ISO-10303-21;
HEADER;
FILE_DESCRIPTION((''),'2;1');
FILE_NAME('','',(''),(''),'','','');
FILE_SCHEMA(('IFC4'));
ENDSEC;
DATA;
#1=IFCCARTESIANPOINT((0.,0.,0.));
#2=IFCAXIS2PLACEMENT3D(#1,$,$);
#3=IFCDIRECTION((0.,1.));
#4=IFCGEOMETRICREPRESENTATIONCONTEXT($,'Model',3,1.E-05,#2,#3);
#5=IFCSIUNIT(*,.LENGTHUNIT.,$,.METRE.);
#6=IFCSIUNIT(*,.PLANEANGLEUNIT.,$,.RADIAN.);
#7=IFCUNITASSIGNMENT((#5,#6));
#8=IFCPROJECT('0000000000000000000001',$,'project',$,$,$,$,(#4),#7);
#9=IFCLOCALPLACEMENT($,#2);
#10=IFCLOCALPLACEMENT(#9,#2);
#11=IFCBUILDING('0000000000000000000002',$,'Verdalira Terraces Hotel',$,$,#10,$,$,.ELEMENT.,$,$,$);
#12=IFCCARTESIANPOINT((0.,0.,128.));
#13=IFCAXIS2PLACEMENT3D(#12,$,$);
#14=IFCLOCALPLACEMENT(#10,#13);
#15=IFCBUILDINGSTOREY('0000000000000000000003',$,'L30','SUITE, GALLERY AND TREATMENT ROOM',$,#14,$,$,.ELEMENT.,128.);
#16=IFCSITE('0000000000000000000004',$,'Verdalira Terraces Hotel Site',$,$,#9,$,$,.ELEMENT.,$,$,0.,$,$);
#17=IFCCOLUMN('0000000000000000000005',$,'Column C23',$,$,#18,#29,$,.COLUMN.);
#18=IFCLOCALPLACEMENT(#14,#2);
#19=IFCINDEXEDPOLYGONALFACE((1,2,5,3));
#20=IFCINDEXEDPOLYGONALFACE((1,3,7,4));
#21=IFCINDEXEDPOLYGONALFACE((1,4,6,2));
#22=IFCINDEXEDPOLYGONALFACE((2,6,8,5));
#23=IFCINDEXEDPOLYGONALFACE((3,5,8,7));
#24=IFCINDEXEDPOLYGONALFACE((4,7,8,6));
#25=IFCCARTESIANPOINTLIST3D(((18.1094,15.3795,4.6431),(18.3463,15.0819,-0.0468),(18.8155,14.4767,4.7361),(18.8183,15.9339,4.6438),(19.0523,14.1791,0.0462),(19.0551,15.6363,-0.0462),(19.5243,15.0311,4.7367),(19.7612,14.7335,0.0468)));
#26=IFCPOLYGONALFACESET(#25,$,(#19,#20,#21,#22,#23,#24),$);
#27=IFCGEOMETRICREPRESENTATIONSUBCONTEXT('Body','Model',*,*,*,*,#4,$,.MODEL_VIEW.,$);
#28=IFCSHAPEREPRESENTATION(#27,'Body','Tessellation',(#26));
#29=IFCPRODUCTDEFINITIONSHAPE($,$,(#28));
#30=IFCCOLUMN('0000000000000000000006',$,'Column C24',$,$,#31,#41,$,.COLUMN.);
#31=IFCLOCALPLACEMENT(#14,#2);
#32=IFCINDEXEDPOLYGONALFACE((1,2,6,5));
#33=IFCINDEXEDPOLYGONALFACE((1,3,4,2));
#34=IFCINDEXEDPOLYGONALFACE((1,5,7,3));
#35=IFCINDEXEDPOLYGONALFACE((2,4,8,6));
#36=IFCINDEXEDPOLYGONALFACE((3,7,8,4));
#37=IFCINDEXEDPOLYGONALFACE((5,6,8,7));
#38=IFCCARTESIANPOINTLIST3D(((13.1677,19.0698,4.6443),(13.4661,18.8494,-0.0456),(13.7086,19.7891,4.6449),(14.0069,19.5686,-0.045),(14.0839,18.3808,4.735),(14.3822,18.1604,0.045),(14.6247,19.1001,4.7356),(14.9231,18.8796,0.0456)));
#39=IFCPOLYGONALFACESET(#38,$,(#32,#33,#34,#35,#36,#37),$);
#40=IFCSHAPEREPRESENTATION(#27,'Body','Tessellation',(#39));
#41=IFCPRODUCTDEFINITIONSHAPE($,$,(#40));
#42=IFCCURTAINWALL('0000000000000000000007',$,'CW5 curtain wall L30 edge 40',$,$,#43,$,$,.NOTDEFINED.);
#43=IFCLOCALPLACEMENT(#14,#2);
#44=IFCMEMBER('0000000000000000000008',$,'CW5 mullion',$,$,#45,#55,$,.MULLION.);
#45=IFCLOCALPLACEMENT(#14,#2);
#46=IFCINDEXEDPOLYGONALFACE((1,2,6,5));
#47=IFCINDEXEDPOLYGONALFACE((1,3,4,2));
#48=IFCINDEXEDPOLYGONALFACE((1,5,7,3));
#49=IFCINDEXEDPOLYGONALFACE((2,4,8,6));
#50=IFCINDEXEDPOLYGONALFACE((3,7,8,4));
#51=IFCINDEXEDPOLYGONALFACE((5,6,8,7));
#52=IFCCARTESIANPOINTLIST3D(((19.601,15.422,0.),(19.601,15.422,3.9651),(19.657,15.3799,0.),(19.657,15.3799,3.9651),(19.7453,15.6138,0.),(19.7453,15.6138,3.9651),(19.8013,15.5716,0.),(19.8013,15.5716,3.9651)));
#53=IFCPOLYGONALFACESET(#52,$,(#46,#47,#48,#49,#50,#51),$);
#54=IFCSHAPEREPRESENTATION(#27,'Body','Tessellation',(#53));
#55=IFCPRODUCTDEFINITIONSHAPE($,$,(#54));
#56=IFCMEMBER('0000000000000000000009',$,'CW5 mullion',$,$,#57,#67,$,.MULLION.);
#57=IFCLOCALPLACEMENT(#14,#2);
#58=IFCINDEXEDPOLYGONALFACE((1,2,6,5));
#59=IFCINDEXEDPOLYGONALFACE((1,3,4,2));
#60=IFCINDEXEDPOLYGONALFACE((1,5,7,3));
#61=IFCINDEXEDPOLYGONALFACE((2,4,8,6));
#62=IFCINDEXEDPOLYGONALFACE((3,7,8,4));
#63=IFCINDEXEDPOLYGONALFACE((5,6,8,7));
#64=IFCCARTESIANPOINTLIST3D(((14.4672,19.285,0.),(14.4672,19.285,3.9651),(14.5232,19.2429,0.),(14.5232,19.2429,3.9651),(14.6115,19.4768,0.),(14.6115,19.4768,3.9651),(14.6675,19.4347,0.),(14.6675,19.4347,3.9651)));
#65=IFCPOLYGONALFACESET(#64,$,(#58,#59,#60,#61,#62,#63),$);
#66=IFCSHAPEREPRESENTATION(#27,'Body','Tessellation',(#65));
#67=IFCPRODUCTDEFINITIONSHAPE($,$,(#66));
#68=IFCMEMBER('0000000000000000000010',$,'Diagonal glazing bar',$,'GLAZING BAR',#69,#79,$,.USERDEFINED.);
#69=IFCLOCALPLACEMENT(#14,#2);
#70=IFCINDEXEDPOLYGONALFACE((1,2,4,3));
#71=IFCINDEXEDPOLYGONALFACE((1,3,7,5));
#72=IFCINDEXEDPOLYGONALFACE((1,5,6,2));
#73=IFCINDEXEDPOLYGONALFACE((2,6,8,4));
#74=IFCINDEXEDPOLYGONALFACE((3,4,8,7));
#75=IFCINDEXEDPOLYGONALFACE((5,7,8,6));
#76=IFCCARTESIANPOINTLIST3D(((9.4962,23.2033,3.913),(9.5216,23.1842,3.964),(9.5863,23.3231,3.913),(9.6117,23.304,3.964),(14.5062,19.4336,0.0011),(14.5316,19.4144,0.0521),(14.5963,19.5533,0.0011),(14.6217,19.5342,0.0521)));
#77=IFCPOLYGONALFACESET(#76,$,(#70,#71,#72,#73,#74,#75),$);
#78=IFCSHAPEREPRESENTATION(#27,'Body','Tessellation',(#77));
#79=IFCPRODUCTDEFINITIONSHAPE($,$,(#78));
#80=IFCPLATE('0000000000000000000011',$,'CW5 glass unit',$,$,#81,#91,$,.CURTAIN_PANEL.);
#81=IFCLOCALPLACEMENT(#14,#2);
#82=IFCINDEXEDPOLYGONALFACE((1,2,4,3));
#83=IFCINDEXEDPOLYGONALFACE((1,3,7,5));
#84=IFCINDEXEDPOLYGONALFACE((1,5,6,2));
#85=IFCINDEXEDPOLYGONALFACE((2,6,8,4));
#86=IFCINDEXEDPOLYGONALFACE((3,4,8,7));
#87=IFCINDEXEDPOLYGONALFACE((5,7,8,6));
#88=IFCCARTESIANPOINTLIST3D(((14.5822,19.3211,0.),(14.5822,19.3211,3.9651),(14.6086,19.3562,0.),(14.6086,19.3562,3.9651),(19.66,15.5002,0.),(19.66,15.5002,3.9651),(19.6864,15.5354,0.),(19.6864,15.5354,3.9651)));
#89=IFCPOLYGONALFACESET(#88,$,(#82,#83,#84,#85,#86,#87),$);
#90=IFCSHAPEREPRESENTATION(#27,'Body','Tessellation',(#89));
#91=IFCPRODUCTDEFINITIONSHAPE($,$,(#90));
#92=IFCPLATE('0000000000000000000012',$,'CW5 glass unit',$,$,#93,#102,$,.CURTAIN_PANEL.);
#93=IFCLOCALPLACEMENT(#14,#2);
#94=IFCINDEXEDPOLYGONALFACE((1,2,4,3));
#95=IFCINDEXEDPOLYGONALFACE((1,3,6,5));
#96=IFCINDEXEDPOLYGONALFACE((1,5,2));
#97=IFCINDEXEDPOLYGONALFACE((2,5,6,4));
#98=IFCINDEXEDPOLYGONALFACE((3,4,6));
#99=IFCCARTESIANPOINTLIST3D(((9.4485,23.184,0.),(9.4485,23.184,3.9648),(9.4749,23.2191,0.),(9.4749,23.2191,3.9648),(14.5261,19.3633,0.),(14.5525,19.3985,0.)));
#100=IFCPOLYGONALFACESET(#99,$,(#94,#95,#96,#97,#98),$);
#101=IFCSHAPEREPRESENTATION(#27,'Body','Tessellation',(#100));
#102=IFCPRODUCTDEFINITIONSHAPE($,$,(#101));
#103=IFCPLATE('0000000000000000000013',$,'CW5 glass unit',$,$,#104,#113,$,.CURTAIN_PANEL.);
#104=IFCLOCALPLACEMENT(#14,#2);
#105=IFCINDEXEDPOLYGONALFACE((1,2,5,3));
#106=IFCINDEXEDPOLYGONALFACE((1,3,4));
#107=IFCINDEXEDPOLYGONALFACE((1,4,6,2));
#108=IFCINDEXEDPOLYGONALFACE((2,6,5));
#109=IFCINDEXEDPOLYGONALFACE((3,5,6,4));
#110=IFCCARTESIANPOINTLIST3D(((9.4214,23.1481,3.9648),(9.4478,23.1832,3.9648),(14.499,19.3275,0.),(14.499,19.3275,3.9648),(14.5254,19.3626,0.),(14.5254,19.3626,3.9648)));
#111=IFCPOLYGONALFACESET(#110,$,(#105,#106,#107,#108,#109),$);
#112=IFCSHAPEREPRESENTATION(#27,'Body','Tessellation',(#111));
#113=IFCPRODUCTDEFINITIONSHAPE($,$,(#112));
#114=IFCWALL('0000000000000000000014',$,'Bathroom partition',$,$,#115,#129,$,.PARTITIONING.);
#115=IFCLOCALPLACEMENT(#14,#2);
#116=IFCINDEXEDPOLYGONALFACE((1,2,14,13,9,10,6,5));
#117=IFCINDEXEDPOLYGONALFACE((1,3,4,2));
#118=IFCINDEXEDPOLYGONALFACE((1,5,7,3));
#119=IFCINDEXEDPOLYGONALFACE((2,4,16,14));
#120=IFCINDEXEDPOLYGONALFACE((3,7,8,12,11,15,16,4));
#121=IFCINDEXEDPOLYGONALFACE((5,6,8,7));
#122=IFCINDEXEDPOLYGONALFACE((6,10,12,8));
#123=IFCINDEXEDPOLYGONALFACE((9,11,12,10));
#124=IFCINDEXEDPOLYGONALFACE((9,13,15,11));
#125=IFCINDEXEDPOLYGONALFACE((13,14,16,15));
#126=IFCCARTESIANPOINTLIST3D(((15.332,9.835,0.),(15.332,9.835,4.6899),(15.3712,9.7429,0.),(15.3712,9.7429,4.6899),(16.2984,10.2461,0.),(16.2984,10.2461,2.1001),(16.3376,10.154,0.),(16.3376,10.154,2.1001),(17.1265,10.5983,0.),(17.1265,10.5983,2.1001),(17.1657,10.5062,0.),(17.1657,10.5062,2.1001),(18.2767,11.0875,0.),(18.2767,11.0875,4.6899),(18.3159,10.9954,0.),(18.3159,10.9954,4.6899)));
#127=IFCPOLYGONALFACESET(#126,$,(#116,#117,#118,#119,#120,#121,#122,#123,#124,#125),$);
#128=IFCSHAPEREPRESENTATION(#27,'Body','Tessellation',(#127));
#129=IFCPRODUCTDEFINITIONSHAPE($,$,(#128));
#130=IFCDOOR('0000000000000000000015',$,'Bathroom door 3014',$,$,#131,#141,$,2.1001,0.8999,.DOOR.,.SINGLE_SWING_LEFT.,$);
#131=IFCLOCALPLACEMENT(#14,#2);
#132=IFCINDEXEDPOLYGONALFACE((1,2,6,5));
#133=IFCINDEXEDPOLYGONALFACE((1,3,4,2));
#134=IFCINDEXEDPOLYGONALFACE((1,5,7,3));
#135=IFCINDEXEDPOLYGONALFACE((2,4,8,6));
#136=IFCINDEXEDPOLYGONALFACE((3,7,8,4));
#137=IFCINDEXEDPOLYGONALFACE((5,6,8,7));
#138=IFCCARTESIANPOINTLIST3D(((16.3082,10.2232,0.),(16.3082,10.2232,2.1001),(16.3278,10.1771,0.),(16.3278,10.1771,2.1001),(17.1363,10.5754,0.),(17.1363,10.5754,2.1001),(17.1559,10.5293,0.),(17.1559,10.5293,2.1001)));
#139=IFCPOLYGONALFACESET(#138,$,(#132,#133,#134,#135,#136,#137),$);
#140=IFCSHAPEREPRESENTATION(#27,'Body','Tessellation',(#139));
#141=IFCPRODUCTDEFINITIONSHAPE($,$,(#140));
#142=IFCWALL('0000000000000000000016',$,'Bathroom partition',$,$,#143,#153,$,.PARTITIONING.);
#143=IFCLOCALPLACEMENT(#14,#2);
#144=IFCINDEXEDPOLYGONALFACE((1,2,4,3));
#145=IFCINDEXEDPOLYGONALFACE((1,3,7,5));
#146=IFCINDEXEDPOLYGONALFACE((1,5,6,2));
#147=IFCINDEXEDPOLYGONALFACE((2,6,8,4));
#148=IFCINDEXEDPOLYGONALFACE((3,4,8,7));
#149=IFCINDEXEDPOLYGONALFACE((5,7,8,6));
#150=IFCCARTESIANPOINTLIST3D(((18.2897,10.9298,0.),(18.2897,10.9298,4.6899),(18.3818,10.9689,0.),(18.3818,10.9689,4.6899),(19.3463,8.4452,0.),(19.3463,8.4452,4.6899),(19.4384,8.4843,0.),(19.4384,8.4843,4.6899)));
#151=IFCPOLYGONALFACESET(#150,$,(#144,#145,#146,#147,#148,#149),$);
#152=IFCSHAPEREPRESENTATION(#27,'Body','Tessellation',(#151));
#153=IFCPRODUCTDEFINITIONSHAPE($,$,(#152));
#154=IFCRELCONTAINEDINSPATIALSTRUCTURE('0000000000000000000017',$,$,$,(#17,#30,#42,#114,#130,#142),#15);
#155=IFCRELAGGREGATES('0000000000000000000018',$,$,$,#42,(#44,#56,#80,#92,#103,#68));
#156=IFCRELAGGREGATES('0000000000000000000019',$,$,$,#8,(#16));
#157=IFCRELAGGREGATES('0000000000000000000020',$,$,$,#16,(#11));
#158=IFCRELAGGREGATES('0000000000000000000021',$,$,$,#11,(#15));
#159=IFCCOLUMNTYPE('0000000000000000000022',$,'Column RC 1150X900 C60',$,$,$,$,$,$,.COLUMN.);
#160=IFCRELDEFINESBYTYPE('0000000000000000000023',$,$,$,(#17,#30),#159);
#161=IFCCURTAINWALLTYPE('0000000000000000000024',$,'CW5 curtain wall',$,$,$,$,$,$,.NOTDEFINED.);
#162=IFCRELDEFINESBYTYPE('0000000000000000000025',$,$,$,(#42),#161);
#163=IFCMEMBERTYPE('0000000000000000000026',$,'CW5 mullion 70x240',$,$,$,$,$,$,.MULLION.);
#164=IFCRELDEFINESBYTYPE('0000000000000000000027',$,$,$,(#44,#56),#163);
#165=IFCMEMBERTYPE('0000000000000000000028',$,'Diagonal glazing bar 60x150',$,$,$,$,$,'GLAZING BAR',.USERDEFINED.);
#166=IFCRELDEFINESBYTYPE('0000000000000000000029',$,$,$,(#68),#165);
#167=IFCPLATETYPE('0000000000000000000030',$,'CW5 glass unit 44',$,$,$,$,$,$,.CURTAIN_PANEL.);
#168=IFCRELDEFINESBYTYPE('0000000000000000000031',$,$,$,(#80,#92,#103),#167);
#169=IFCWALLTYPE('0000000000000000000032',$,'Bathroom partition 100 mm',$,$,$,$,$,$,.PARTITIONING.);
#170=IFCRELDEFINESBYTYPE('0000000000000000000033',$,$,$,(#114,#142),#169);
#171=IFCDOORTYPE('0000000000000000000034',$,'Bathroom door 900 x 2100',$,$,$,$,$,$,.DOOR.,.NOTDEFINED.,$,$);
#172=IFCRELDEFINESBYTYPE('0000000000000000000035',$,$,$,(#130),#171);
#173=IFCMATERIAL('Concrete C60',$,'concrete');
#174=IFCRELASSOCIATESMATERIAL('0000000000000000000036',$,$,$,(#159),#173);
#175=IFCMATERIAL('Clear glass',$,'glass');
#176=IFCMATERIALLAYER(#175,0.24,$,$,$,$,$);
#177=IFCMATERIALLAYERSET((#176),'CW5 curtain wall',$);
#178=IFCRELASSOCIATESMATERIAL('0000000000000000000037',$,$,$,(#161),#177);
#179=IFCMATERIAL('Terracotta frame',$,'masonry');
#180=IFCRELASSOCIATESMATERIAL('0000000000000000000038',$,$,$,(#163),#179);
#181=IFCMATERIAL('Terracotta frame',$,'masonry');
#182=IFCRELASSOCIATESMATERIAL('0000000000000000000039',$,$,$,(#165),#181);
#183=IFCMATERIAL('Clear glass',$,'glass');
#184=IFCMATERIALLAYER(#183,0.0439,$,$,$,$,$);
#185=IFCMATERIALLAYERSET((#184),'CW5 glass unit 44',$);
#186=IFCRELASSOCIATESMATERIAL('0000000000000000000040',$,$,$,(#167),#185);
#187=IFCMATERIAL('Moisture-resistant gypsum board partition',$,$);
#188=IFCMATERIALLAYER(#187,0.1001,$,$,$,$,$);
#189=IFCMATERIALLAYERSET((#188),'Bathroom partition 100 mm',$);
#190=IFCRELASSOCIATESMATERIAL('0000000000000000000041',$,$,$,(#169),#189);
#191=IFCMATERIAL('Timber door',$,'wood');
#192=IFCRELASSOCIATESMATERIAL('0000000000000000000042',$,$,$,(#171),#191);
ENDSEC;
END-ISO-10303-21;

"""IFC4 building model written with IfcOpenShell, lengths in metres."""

from ifc_helpers import new_model, si_unit, direction, frame, frame_2d, origin, origin_2d, place, context, subcontext, project, spatial, polyline, rectangle, outline, extrude, material, layer, layer_set, material_profile, profile_set, type_object, element, fill, aggregate, save


model = new_model("IFC4")

# Units and contexts
model_context = context("Model", 3, precision=1e-05, world=origin(), true_north=direction((0.0, 1.0)))
body_context = subcontext(model_context, "Body", "Model", "MODEL_VIEW")
ifc_project = project(units=[si_unit("LENGTHUNIT", "METRE"), si_unit("PLANEANGLEUNIT", "RADIAN")], contexts=[model_context])

# Site, building, storey
site_placement = place(None, origin())
site = spatial("IfcSite", under=ifc_project, at=site_placement, Name="Verdalira Terraces Hotel Site", CompositionType="ELEMENT", RefElevation=0.0)
building_placement = place(site_placement, origin())
building = spatial("IfcBuilding", under=site, at=building_placement, Name="Verdalira Terraces Hotel", CompositionType="ELEMENT")
storey_placement = place(building_placement, frame((0.0, 0.0, 128.0)))
storey = spatial("IfcBuildingStorey", under=building, at=storey_placement, Name="L30", Description="SUITE, GALLERY AND TREATMENT ROOM", CompositionType="ELEMENT", Elevation=128.0)

# Columns
ifc_material_1 = material(Name="Concrete C60", Category="concrete")
ifc_material_profile_1 = material_profile(ifc_material_1, rectangle(XDim=1.1499, YDim=0.8999, at=origin_2d()), Name="RC 1150X900")
ifc_profile_set_1 = profile_set([ifc_material_profile_1], Name="Concrete C60")
column_type = type_object("IfcColumnType", Name="Column RC 1150X900 C60", PredefinedType="COLUMN", material=ifc_profile_set_1)
column_1_placement = place(storey_placement, frame((19.0537, 14.9077, 0.0), z_axis=(-0.050329, 0.063249, 0.996728), x_axis=(0.614021, -0.78514, 0.080827)))
element("IfcColumn", 1, at=column_1_placement, inside=storey, type_object=column_type, Name="Column C23", PredefinedType="COLUMN", context=body_context, shape_type="SweptSolid", body=[
    extrude(rectangle(XDim=1.1499, YDim=0.8999, at=origin_2d()), origin(), (0.0, 0.0, 1.0), 4.7053),
])
column_2_placement = place(storey_placement, frame((14.1946, 18.8645, 0.0), z_axis=(-0.063415, 0.04686, 0.996886), x_axis=(-0.796718, 0.599186, -0.078847)))
element("IfcColumn", 2, at=column_2_placement, inside=storey, type_object=column_type, Name="Column C24", PredefinedType="COLUMN", context=body_context, shape_type="SweptSolid", body=[
    extrude(rectangle(XDim=1.1499, YDim=0.8999, at=origin_2d()), origin(), (0.0, 0.0, 1.0), 4.7046),
])

# Curtain wall, members, plates
ifc_material_2 = material(Name="Clear glass", Category="glass")
ifc_layer_1 = layer(ifc_material_2, 0.24)
ifc_layer_set_1 = layer_set([ifc_layer_1], Name="CW5 curtain wall")
curtain_wall_type = type_object("IfcCurtainWallType", Name="CW5 curtain wall", PredefinedType="NOTDEFINED", material=ifc_layer_set_1)
curtain_wall_placement = place(storey_placement, origin())
curtain_wall = element("IfcCurtainWall", 3, at=curtain_wall_placement, inside=storey, type_object=curtain_wall_type, Name="CW5 curtain wall L30 edge 40", PredefinedType="NOTDEFINED")
ifc_material_3 = material(Name="Terracotta frame", Category="masonry")
ifc_material_profile_2 = material_profile(ifc_material_3, rectangle(XDim=0.0701, YDim=0.24, at=origin_2d()), Name="MU 70x240")
ifc_profile_set_2 = profile_set([ifc_material_profile_2], Name="Terracotta frame")
member_type_1 = type_object("IfcMemberType", Name="CW5 mullion 70x240", PredefinedType="MULLION", material=ifc_profile_set_2)
member_1_placement = place(storey_placement, frame((19.7012, 15.4968, 0.0), z_axis=(0.0, 0.0, 1.0), x_axis=(-0.799055, 0.601257, 0.0)))
member_1 = element("IfcMember", 4, at=member_1_placement, type_object=member_type_1, Name="CW5 mullion", PredefinedType="MULLION", context=body_context, shape_type="SweptSolid", body=[
    extrude(rectangle(XDim=0.0701, YDim=0.24, at=origin_2d()), origin(), (0.0, 0.0, 1.0), 3.9651),
])
member_2_placement = place(storey_placement, frame((14.5674, 19.3599, 0.0), z_axis=(0.0, 0.0, 1.0), x_axis=(-0.799055, 0.601257, 0.0)))
member_2 = element("IfcMember", 5, at=member_2_placement, type_object=member_type_1, Name="CW5 mullion", PredefinedType="MULLION", context=body_context, shape_type="SweptSolid", body=[
    extrude(rectangle(XDim=0.0701, YDim=0.24, at=origin_2d()), origin(), (0.0, 0.0, 1.0), 3.9651),
])
ifc_material_4 = material(Name="Terracotta frame", Category="masonry")
ifc_material_profile_3 = material_profile(ifc_material_4, rectangle(XDim=0.1499, YDim=0.0601, at=origin_2d()), Name="GB 60x150")
ifc_profile_set_3 = profile_set([ifc_material_profile_3], Name="Terracotta frame")
member_type_2 = type_object("IfcMemberType", Name="Diagonal glazing bar 60x150", ElementType="GLAZING BAR", PredefinedType="USERDEFINED", material=ifc_profile_set_3)
member_3_placement = place(storey_placement, frame((14.564, 19.4839, 0.0266), z_axis=(-0.677932, 0.510109, 0.529336), x_axis=(-0.601252, -0.79906, 0.0)))
member_3 = element("IfcMember", 6, at=member_3_placement, type_object=member_type_2, Name="Diagonal glazing bar", ObjectType="GLAZING BAR", PredefinedType="USERDEFINED", context=body_context, shape_type="SweptSolid", body=[
    extrude(rectangle(XDim=0.1499, YDim=0.0601, at=origin_2d()), origin(), (0.0, 0.0, 1.0), 7.3901),
])
ifc_material_5 = material(Name="Clear glass", Category="glass")
ifc_layer_2 = layer(ifc_material_5, 0.0439)
ifc_layer_set_2 = layer_set([ifc_layer_2], Name="CW5 glass unit 44")
plate_type = type_object("IfcPlateType", Name="CW5 glass unit 44", PredefinedType="CURTAIN_PANEL", material=ifc_layer_set_2)
plate_1_placement = place(storey_placement, frame((17.1343, 17.4282, 0.0), z_axis=(0.0, 0.0, 1.0), x_axis=(-0.799055, 0.601257, 0.0)))
plate_1 = element("IfcPlate", 7, at=plate_1_placement, type_object=plate_type, Name="CW5 glass unit", PredefinedType="CURTAIN_PANEL", context=body_context, shape_type="SweptSolid", body=[
    extrude(rectangle(XDim=6.3547, YDim=0.0439, at=origin_2d()), origin(), (0.0, 0.0, 1.0), 3.9651),
])
plate_2_placement = place(storey_placement, frame((11.9873, 21.2737, 1.9824), z_axis=(0.601257, 0.799055, 0.0), x_axis=(-0.799055, 0.601257, 0.0)))
plate_2 = element("IfcPlate", 8, at=plate_2_placement, type_object=plate_type, Name="CW5 glass unit", PredefinedType="CURTAIN_PANEL", context=body_context, shape_type="SweptSolid", body=[
    extrude(outline(polyline([(-3.1772, -1.9824), (3.1772, -1.9824), (3.1772, 1.9824), (-3.1772, -1.9824)])), origin(), (0.0, 0.0, 1.0), 0.0439),
])
plate_3_placement = place(storey_placement, frame((11.9602, 21.2378, 1.9824), z_axis=(0.601257, 0.799055, 0.0), x_axis=(-0.799055, 0.601257, 0.0)))
plate_3 = element("IfcPlate", 9, at=plate_3_placement, type_object=plate_type, Name="CW5 glass unit", PredefinedType="CURTAIN_PANEL", context=body_context, shape_type="SweptSolid", body=[
    extrude(outline(polyline([(-3.1772, -1.9824), (3.1772, 1.9824), (-3.1772, 1.9824), (-3.1772, -1.9824)])), origin(), (0.0, 0.0, 1.0), 0.0439),
])
aggregate(curtain_wall, [member_1, member_2, plate_1, plate_2, plate_3, member_3])

# Wall, opening, door
ifc_material_6 = material(Name="Moisture-resistant gypsum board partition")
ifc_layer_3 = layer(ifc_material_6, 0.1001)
ifc_layer_set_3 = layer_set([ifc_layer_3], Name="Bathroom partition 100 mm")
wall_type_1 = type_object("IfcWallType", Name="Bathroom partition 100 mm", PredefinedType="PARTITIONING", material=ifc_layer_set_3)
wall_1_placement = place(storey_placement, frame((18.2964, 11.0415, 0.0), z_axis=(0.0, 0.0, 1.0), x_axis=(-0.920219, -0.391404, 0.0)))
wall_1 = element("IfcWall", 10, at=wall_1_placement, inside=storey, type_object=wall_type_1, Name="Bathroom partition", PredefinedType="PARTITIONING", context=body_context, shape_type="SweptSolid", body=[
    extrude(rectangle(XDim=3.2, YDim=0.1001, at=frame_2d((1.6001, 0.0))), origin(), (0.0, 0.0, 1.0), 4.6899),
])
opening_1_placement = place(wall_1_placement, frame((1.25, 0.0, 0.0)))
opening_1 = element("IfcOpeningElement", 11, at=opening_1_placement, cuts=wall_1, PredefinedType="OPENING", context=body_context, shape_type="SweptSolid", body=[
    extrude(rectangle(XDim=0.8999, YDim=2.1001, at=frame_2d((0.45, 1.05))), frame((0.0, 0.0601, 0.0), z_axis=(0.0, -1.0, 0.0), x_axis=(1.0, 0.0, 0.0)), (0.0, 0.0, 1.0), 0.1201),
])
ifc_material_7 = material(Name="Timber door", Category="wood")
door_type_1 = type_object("IfcDoorType", Name="Bathroom door 900 x 2100", OperationType="NOTDEFINED", PredefinedType="DOOR", material=ifc_material_7)
door_1_placement = place(opening_1_placement, origin())
door_1 = element("IfcDoor", 12, at=door_1_placement, inside=storey, type_object=door_type_1, Name="Bathroom door 3014", OperationType="SINGLE_SWING_LEFT", OverallHeight=2.1001, OverallWidth=0.8999, PredefinedType="DOOR", context=body_context, shape_type="SweptSolid", body=[
    extrude(rectangle(XDim=0.8999, YDim=2.1001, at=frame_2d((0.45, 1.05))), frame((0.0, 0.0249, 0.0), z_axis=(0.0, -1.0, 0.0), x_axis=(1.0, 0.0, 0.0)), (0.0, 0.0, 1.0), 0.05),
])
fill(opening_1, door_1)

# Wall
wall_2_placement = place(storey_placement, frame((18.3357, 10.9495, 0.0), z_axis=(0.0, 0.0, 1.0), x_axis=(0.391353, -0.920241, 0.0)))
element("IfcWall", 13, at=wall_2_placement, inside=storey, type_object=wall_type_1, Name="Bathroom partition", PredefinedType="PARTITIONING", context=body_context, shape_type="SweptSolid", body=[
    extrude(rectangle(XDim=2.7, YDim=0.1001, at=frame_2d((1.3501, 0.0))), origin(), (0.0, 0.0, 1.0), 4.6899),
])

save(model, "model.ifc")
